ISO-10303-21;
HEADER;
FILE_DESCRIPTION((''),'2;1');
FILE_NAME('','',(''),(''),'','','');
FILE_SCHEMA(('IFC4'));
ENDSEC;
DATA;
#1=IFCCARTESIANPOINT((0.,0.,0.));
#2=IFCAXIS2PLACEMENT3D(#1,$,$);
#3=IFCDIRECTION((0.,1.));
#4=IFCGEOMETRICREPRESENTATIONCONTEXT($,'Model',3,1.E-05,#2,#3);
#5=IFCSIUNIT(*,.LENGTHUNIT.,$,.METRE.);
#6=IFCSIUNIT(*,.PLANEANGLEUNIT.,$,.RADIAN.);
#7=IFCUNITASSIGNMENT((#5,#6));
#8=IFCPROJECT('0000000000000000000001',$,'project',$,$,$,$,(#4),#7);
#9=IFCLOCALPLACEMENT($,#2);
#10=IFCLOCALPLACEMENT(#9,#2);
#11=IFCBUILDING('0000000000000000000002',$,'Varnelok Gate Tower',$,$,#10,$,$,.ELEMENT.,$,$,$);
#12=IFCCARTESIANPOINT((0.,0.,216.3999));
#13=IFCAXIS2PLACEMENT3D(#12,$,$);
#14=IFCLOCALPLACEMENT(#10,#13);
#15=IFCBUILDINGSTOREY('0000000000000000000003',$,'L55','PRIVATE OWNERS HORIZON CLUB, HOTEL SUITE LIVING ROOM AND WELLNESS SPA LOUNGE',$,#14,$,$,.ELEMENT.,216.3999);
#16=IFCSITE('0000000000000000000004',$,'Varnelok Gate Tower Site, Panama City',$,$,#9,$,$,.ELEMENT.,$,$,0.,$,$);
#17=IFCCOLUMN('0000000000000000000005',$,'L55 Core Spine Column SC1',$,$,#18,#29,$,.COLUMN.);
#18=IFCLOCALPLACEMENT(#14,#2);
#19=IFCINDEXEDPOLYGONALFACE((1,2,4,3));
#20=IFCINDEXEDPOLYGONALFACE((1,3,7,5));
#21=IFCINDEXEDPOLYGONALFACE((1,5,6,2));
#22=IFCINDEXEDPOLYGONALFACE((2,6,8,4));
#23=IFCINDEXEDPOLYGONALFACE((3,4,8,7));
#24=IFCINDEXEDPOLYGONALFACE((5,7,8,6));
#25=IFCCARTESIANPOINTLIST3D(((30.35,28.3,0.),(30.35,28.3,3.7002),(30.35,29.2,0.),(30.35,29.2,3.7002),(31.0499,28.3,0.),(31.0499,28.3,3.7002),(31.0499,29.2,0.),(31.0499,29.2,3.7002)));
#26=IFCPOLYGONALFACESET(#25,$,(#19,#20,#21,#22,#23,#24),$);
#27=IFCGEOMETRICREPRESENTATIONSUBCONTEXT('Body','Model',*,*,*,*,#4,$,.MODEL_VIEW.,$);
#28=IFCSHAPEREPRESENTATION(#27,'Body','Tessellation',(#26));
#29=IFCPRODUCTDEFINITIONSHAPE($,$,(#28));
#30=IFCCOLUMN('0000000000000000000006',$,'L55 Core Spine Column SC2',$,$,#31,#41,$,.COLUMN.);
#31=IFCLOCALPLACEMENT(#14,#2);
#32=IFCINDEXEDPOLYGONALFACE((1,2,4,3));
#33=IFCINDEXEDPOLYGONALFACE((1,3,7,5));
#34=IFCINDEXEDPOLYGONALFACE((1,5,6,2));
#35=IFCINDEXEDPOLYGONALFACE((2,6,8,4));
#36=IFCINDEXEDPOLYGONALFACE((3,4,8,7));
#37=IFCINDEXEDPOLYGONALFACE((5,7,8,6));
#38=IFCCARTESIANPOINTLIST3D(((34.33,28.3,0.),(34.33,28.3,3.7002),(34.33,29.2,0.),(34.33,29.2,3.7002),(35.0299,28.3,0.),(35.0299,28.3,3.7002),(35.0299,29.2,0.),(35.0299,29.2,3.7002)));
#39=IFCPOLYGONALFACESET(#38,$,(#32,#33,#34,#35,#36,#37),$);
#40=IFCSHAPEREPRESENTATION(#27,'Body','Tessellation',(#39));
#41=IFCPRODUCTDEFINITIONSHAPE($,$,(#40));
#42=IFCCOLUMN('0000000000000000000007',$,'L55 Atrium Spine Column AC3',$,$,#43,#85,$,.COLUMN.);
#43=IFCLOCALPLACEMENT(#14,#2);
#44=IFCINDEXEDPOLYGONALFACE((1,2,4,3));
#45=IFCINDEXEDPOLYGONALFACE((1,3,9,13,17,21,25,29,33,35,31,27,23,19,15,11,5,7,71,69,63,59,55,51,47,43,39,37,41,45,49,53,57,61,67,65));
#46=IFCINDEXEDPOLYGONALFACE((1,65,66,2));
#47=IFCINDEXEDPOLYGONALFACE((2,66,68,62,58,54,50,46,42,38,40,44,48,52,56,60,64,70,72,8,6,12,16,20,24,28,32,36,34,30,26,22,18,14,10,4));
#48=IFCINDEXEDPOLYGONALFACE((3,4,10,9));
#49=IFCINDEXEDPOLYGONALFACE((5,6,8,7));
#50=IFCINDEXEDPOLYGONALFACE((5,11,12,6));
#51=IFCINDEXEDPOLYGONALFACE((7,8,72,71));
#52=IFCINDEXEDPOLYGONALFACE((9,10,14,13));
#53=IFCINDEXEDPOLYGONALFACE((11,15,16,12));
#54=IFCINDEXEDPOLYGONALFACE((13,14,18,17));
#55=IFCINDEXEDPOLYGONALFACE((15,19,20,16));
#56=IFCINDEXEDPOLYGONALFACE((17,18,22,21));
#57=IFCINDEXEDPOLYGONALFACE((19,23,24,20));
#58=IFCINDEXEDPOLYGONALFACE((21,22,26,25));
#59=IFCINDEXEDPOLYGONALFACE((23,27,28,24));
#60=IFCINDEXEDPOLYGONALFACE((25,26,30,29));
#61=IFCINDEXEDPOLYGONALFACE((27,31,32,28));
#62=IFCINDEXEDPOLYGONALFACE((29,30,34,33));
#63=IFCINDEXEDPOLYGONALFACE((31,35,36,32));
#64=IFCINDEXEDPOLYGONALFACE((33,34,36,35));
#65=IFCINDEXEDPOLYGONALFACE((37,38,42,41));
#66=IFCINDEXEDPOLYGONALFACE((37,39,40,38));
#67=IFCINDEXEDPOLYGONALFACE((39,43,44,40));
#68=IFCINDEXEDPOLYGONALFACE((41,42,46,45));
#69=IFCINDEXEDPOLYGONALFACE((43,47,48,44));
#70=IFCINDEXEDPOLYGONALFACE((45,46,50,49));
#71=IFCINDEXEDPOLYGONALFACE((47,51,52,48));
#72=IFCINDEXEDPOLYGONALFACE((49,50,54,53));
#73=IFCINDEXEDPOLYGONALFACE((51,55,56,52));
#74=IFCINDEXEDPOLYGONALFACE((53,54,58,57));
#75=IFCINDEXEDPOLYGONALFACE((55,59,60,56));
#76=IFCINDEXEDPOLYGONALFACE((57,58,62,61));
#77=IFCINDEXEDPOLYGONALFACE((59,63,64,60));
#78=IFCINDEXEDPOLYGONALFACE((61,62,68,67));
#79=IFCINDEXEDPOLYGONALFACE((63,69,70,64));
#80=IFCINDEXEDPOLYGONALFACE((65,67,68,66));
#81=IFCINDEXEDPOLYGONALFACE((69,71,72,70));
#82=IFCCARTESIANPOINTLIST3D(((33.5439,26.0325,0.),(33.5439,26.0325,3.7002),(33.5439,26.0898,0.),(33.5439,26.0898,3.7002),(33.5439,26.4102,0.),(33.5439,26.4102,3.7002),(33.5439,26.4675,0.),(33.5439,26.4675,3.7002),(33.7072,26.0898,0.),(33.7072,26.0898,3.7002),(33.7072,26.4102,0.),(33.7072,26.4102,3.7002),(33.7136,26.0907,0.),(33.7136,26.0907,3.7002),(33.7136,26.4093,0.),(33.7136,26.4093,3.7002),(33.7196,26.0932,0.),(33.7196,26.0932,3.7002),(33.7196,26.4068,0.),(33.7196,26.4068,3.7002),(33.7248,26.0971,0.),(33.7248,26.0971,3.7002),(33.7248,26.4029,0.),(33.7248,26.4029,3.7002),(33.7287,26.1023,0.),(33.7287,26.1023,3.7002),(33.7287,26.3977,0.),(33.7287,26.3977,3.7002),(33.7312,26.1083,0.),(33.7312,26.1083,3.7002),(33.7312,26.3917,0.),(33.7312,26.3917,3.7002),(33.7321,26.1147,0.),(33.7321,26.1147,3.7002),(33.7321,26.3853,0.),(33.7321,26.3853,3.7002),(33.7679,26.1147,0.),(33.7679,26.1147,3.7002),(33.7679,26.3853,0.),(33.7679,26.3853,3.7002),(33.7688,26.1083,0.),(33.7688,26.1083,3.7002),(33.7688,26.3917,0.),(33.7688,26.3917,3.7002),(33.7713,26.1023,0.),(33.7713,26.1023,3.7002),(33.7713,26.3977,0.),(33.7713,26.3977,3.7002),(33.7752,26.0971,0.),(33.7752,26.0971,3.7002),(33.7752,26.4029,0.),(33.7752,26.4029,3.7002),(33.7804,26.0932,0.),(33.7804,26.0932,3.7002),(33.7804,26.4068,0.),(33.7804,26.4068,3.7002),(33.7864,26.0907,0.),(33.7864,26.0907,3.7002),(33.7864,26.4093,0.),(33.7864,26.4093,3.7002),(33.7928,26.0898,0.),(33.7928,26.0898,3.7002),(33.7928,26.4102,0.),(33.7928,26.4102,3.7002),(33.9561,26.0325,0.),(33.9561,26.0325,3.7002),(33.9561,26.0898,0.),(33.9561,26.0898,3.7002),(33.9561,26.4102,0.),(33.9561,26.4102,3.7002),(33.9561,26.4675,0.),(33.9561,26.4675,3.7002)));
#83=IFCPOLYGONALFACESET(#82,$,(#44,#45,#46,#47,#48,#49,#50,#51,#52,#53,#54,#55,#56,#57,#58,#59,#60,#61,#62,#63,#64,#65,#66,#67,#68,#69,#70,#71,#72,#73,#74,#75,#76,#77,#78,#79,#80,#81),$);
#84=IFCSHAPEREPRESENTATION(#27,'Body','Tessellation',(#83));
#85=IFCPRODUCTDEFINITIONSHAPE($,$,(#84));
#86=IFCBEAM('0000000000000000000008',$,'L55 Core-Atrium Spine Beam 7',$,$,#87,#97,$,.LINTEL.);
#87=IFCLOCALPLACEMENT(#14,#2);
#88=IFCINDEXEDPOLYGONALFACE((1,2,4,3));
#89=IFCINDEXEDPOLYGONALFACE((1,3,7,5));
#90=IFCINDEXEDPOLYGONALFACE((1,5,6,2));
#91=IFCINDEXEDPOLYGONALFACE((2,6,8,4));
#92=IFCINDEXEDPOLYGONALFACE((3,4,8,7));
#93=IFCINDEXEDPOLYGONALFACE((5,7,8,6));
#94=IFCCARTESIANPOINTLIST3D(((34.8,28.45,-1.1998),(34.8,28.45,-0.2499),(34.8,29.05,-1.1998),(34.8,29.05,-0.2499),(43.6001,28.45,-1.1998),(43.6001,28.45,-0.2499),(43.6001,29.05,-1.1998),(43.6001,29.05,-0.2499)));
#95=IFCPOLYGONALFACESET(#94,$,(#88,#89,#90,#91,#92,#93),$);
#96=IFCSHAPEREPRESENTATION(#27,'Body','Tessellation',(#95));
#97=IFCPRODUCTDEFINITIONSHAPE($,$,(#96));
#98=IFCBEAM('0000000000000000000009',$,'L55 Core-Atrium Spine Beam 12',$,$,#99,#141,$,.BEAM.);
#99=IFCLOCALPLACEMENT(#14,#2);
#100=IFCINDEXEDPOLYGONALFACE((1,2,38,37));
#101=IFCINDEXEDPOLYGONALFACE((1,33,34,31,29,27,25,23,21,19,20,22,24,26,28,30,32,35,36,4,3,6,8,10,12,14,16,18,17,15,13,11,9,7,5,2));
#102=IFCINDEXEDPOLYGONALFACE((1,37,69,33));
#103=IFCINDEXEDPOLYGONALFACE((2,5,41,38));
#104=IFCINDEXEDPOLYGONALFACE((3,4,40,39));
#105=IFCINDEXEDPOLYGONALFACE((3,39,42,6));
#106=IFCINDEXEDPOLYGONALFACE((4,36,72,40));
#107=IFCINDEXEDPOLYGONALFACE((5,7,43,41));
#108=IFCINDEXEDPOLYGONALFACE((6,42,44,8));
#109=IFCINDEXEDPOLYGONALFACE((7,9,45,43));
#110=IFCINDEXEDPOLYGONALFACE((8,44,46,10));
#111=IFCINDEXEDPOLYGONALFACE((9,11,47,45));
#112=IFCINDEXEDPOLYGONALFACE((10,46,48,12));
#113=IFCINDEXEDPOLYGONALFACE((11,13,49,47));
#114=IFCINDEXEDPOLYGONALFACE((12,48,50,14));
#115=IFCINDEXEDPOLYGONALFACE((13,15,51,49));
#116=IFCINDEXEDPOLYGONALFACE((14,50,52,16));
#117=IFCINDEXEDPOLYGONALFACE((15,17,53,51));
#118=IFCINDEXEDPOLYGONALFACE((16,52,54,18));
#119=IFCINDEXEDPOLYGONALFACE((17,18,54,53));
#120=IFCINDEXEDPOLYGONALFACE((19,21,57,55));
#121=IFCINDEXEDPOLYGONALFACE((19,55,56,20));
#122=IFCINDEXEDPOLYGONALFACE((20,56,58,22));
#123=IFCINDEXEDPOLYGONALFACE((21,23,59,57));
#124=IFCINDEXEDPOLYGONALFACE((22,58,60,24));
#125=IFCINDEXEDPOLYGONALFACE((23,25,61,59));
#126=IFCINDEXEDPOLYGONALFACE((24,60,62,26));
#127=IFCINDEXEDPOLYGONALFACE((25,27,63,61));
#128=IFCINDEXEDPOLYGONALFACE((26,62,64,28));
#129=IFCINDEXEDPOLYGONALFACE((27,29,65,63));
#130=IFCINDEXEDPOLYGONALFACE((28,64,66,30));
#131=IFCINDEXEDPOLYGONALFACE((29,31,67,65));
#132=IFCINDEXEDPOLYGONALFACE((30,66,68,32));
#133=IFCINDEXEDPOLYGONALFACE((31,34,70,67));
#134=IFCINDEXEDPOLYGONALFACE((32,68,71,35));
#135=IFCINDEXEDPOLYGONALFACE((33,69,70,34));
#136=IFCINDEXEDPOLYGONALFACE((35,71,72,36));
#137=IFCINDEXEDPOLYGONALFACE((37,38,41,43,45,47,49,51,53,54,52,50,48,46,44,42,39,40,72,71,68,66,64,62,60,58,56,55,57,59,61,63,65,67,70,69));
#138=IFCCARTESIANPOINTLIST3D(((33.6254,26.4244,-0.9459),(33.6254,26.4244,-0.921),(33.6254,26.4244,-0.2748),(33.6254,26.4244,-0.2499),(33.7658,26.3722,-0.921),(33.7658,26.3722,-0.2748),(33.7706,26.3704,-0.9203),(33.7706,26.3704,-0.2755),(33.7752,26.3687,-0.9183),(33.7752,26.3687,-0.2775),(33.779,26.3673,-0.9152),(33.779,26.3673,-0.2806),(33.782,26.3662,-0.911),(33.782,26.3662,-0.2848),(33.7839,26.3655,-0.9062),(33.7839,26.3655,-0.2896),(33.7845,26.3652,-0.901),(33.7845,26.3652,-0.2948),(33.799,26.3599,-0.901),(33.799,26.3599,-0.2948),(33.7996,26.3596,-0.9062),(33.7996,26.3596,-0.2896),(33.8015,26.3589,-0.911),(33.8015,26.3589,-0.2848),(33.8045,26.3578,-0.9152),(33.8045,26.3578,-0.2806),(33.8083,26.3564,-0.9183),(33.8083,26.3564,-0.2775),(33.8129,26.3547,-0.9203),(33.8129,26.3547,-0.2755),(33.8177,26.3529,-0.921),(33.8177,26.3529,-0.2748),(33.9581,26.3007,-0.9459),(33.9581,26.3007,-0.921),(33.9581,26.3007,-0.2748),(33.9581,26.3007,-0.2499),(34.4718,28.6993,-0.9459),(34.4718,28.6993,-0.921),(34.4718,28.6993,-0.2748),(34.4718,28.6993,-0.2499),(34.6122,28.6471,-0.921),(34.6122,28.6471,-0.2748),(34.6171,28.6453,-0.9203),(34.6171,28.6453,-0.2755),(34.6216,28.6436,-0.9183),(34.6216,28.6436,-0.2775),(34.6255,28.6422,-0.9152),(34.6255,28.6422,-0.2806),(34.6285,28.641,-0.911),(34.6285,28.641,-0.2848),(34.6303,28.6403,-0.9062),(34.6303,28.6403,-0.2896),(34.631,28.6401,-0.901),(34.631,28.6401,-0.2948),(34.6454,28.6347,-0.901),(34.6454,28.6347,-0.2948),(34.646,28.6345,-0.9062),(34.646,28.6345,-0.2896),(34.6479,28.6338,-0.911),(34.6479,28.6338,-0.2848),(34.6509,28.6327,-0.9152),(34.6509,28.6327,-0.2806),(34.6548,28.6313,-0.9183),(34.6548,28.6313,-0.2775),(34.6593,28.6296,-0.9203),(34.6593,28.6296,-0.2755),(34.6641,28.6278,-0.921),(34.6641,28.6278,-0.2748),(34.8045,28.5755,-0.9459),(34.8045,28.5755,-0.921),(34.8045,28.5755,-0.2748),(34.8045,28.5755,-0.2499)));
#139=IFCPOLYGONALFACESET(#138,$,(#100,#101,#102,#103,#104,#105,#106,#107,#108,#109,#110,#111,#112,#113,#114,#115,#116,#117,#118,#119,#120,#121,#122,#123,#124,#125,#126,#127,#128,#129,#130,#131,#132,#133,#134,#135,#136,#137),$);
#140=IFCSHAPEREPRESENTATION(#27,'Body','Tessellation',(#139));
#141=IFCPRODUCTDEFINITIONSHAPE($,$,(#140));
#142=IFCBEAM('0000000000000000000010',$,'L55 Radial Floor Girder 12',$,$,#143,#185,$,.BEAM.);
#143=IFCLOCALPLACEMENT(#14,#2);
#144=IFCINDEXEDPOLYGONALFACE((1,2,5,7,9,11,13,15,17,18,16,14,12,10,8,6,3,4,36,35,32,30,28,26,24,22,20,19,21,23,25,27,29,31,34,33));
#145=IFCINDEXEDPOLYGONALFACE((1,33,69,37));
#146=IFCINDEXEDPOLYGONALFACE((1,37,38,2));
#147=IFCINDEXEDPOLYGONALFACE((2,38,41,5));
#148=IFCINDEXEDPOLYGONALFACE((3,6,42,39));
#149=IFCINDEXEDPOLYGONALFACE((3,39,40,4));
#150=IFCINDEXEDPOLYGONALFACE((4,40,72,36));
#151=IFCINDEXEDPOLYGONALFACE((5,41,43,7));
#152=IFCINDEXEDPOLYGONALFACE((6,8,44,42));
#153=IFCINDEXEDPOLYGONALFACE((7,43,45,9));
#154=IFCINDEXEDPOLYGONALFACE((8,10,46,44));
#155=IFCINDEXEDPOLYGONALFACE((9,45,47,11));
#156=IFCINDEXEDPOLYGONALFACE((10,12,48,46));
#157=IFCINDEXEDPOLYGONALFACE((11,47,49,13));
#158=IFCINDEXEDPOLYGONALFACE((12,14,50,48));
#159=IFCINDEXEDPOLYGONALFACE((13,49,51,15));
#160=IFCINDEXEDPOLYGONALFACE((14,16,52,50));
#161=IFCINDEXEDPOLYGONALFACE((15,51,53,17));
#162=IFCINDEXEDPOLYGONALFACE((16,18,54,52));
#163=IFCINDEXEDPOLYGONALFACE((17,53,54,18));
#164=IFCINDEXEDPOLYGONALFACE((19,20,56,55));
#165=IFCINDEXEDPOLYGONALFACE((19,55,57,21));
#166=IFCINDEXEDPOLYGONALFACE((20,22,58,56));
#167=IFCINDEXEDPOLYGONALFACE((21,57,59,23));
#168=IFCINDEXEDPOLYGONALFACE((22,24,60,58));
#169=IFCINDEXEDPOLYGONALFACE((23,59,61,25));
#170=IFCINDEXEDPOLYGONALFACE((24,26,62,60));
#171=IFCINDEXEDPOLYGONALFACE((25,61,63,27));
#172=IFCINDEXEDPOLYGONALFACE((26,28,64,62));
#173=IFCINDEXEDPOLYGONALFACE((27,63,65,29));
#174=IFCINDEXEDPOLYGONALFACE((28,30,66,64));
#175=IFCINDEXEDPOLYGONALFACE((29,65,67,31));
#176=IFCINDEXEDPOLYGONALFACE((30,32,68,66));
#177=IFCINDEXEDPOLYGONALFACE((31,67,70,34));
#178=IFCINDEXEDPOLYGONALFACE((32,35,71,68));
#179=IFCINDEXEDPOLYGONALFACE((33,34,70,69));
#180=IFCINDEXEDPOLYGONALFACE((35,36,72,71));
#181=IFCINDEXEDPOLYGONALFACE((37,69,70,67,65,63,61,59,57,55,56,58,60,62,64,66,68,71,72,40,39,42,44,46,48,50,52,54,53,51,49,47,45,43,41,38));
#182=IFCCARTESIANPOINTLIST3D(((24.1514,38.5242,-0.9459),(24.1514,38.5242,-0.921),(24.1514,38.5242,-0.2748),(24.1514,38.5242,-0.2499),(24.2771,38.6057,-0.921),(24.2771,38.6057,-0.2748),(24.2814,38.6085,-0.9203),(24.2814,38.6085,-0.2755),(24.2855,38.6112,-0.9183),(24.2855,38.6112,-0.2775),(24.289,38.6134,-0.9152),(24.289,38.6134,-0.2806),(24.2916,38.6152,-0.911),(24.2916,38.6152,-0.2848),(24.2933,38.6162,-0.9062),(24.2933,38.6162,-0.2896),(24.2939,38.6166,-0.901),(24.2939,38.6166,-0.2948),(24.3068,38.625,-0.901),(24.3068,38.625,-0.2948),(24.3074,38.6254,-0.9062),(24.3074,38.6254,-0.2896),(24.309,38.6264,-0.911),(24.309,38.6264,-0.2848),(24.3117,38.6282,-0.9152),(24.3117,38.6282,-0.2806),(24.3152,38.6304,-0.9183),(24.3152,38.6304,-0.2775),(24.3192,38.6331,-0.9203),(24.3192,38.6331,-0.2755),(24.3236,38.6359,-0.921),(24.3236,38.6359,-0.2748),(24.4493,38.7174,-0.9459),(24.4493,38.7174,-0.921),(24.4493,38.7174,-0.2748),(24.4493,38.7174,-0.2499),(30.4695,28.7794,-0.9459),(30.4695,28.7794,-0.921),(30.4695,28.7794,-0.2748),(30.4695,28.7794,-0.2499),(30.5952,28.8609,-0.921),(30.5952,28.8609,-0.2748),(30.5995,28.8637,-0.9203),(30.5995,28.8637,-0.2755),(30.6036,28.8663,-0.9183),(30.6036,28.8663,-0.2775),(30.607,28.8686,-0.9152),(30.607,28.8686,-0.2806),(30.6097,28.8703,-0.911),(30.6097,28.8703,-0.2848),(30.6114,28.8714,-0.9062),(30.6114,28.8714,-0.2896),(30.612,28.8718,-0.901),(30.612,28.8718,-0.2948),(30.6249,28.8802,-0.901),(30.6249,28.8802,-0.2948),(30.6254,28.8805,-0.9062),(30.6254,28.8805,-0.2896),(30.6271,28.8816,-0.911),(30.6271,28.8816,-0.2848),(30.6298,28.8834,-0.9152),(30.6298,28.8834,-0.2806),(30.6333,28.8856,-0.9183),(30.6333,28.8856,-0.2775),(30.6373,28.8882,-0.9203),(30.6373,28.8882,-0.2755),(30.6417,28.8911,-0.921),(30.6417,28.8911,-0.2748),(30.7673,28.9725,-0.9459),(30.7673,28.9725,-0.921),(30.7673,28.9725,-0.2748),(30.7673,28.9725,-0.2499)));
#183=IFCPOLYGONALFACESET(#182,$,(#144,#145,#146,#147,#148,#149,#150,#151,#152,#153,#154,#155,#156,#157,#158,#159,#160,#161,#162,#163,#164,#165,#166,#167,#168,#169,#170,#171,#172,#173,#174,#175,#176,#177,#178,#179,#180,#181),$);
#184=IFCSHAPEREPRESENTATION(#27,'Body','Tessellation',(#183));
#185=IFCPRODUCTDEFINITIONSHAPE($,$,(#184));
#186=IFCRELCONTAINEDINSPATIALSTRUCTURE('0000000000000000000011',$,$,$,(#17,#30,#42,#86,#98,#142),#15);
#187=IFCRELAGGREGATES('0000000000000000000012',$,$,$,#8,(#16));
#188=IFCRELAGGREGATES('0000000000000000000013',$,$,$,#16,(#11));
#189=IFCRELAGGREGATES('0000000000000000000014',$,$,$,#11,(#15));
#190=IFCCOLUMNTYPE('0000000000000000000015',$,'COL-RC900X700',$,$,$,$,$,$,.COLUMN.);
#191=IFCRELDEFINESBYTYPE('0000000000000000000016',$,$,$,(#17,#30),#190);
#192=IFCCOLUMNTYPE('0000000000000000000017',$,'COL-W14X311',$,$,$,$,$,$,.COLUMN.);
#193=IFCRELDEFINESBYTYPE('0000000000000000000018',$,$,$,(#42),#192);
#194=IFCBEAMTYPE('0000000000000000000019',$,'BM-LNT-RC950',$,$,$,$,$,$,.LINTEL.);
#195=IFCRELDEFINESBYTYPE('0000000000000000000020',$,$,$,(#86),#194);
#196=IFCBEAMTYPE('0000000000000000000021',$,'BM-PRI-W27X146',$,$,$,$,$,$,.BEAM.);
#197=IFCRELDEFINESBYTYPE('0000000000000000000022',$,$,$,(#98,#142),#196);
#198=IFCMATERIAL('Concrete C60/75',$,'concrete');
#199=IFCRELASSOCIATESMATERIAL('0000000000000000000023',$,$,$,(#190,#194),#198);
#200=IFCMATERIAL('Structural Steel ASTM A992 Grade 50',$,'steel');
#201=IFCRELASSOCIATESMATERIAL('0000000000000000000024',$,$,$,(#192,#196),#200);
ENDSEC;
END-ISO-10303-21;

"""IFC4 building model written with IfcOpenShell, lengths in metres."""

from ifc_helpers import new_model, si_unit, direction, frame, origin, origin_2d, place, context, subcontext, project, spatial, rectangle, i_section, extrude, material, material_profile, profile_set, type_object, element, save


model = new_model("IFC4")

# Units and contexts
model_context = context("Model", 3, precision=1e-05, world=origin(), true_north=direction((0.0, 1.0)))
body_context = subcontext(model_context, "Body", "Model", "MODEL_VIEW")
ifc_project = project(units=[si_unit("LENGTHUNIT", "METRE"), si_unit("PLANEANGLEUNIT", "RADIAN")], contexts=[model_context])

# Site, building, storey
site_placement = place(None, origin())
site = spatial("IfcSite", under=ifc_project, at=site_placement, Name="Varnelok Gate Tower Site, Panama City", CompositionType="ELEMENT", RefElevation=0.0)
building_placement = place(site_placement, origin())
building = spatial("IfcBuilding", under=site, at=building_placement, Name="Varnelok Gate Tower", CompositionType="ELEMENT")
storey_placement = place(building_placement, frame((0.0, 0.0, 216.3999)))
storey = spatial("IfcBuildingStorey", under=building, at=storey_placement, Name="L55", Description="PRIVATE OWNERS HORIZON CLUB, HOTEL SUITE LIVING ROOM AND WELLNESS SPA LOUNGE", CompositionType="ELEMENT", Elevation=216.3999)

# Columns
ifc_material_1 = material(Name="Concrete C60/75", Category="concrete")
ifc_material_profile_1 = material_profile(ifc_material_1, rectangle(XDim=0.7, YDim=0.8999, at=origin_2d()), Name="RC900X700")
ifc_profile_set_1 = profile_set([ifc_material_profile_1], Name="Concrete C60/75")
column_type_1 = type_object("IfcColumnType", Name="COL-RC900X700", PredefinedType="COLUMN", material=ifc_profile_set_1)
for number, where, z_axis, x_axis, name in (
    (1, (30.7, 28.75, 0.0), (0.0, 0.0, 1.0), (1.0, 0.0, 0.0), "L55 Core Spine Column SC1"),
    (2, (34.6799, 28.75, 0.0), (0.0, 0.0, 1.0), (1.0, 0.0, 0.0), "L55 Core Spine Column SC2"),
):
    element("IfcColumn", number, at=place(storey_placement, frame(where, z_axis=z_axis, x_axis=x_axis)), inside=storey, type_object=column_type_1, Name=name, PredefinedType="COLUMN", context=body_context, shape_type="SweptSolid", body=[
        extrude(rectangle(XDim=0.7, YDim=0.8999, at=origin_2d()), origin(), (0.0, 0.0, 1.0), 3.7002),
    ])
ifc_material_2 = material(Name="Structural Steel ASTM A992 Grade 50", Category="steel")
ifc_material_profile_2 = material_profile(ifc_material_2, i_section(OverallWidth=0.4121, OverallDepth=0.4351, WebThickness=0.0359, FlangeThickness=0.0574, FilletRadius=0.0249, at=origin_2d()), Name="W14X311")
ifc_profile_set_2 = profile_set([ifc_material_profile_2], Name="Structural Steel ASTM A992 Grade 50")
column_type_2 = type_object("IfcColumnType", Name="COL-W14X311", PredefinedType="COLUMN", material=ifc_profile_set_2)
column_placement = place(storey_placement, frame((33.75, 26.25, 0.0), z_axis=(0.0, 0.0, 1.0), x_axis=(1.0, 0.0, 0.0)))
element("IfcColumn", 3, at=column_placement, inside=storey, type_object=column_type_2, Name="L55 Atrium Spine Column AC3", PredefinedType="COLUMN", context=body_context, shape_type="SweptSolid", body=[
    extrude(i_section(OverallWidth=0.4121, OverallDepth=0.4351, WebThickness=0.0359, FlangeThickness=0.0574, FilletRadius=0.0249, at=origin_2d()), origin(), (0.0, 0.0, 1.0), 3.7002),
])

# Beams
ifc_material_profile_3 = material_profile(ifc_material_1, rectangle(XDim=0.6001, YDim=0.95, at=origin_2d()), Name="RC950X600")
ifc_profile_set_3 = profile_set([ifc_material_profile_3], Name="Concrete C60/75")
beam_type_1 = type_object("IfcBeamType", Name="BM-LNT-RC950", PredefinedType="LINTEL", material=ifc_profile_set_3)
beam_1_placement = place(storey_placement, frame((34.8, 28.75, -0.7249), z_axis=(1.0, 0.0, 0.0), x_axis=(0.0, 1.0, 0.0)))
element("IfcBeam", 4, at=beam_1_placement, inside=storey, type_object=beam_type_1, Name="L55 Core-Atrium Spine Beam 7", PredefinedType="LINTEL", context=body_context, shape_type="SweptSolid", body=[
    extrude(rectangle(XDim=0.6001, YDim=0.95, at=origin_2d()), origin(), (0.0, 0.0, 1.0), 8.8),
])
ifc_material_profile_4 = material_profile(ifc_material_2, i_section(OverallWidth=0.355, OverallDepth=0.696, WebThickness=0.0154, FlangeThickness=0.0249, FilletRadius=0.02, at=origin_2d()), Name="W27X146")
ifc_profile_set_4 = profile_set([ifc_material_profile_4], Name="Structural Steel ASTM A992 Grade 50")
beam_type_2 = type_object("IfcBeamType", Name="BM-PRI-W27X146", PredefinedType="BEAM", material=ifc_profile_set_4)
beam_2_placement = place(storey_placement, frame((33.7917, 26.3625, -0.5979), z_axis=(0.348719, 0.937227, 0.0), x_axis=(-0.937227, 0.348719, 0.0)))
element("IfcBeam", 5, at=beam_2_placement, inside=storey, type_object=beam_type_2, Name="L55 Core-Atrium Spine Beam 12", PredefinedType="BEAM", context=body_context, shape_type="SweptSolid", body=[
    extrude(i_section(OverallWidth=0.355, OverallDepth=0.696, WebThickness=0.0154, FlangeThickness=0.0249, FilletRadius=0.02, at=origin_2d()), origin(), (0.0, 0.0, 1.0), 2.4272),
])
beam_3_placement = place(storey_placement, frame((30.6184, 28.876, -0.5979), z_axis=(-0.544016, 0.839075, 0.0), x_axis=(-0.839075, -0.544016, 0.0)))
element("IfcBeam", 6, at=beam_3_placement, inside=storey, type_object=beam_type_2, Name="L55 Radial Floor Girder 12", PredefinedType="BEAM", context=body_context, shape_type="SweptSolid", body=[
    extrude(i_section(OverallWidth=0.355, OverallDepth=0.696, WebThickness=0.0154, FlangeThickness=0.0249, FilletRadius=0.02, at=origin_2d()), origin(), (0.0, 0.0, 1.0), 11.6138),
])

save(model, "model.ifc")
